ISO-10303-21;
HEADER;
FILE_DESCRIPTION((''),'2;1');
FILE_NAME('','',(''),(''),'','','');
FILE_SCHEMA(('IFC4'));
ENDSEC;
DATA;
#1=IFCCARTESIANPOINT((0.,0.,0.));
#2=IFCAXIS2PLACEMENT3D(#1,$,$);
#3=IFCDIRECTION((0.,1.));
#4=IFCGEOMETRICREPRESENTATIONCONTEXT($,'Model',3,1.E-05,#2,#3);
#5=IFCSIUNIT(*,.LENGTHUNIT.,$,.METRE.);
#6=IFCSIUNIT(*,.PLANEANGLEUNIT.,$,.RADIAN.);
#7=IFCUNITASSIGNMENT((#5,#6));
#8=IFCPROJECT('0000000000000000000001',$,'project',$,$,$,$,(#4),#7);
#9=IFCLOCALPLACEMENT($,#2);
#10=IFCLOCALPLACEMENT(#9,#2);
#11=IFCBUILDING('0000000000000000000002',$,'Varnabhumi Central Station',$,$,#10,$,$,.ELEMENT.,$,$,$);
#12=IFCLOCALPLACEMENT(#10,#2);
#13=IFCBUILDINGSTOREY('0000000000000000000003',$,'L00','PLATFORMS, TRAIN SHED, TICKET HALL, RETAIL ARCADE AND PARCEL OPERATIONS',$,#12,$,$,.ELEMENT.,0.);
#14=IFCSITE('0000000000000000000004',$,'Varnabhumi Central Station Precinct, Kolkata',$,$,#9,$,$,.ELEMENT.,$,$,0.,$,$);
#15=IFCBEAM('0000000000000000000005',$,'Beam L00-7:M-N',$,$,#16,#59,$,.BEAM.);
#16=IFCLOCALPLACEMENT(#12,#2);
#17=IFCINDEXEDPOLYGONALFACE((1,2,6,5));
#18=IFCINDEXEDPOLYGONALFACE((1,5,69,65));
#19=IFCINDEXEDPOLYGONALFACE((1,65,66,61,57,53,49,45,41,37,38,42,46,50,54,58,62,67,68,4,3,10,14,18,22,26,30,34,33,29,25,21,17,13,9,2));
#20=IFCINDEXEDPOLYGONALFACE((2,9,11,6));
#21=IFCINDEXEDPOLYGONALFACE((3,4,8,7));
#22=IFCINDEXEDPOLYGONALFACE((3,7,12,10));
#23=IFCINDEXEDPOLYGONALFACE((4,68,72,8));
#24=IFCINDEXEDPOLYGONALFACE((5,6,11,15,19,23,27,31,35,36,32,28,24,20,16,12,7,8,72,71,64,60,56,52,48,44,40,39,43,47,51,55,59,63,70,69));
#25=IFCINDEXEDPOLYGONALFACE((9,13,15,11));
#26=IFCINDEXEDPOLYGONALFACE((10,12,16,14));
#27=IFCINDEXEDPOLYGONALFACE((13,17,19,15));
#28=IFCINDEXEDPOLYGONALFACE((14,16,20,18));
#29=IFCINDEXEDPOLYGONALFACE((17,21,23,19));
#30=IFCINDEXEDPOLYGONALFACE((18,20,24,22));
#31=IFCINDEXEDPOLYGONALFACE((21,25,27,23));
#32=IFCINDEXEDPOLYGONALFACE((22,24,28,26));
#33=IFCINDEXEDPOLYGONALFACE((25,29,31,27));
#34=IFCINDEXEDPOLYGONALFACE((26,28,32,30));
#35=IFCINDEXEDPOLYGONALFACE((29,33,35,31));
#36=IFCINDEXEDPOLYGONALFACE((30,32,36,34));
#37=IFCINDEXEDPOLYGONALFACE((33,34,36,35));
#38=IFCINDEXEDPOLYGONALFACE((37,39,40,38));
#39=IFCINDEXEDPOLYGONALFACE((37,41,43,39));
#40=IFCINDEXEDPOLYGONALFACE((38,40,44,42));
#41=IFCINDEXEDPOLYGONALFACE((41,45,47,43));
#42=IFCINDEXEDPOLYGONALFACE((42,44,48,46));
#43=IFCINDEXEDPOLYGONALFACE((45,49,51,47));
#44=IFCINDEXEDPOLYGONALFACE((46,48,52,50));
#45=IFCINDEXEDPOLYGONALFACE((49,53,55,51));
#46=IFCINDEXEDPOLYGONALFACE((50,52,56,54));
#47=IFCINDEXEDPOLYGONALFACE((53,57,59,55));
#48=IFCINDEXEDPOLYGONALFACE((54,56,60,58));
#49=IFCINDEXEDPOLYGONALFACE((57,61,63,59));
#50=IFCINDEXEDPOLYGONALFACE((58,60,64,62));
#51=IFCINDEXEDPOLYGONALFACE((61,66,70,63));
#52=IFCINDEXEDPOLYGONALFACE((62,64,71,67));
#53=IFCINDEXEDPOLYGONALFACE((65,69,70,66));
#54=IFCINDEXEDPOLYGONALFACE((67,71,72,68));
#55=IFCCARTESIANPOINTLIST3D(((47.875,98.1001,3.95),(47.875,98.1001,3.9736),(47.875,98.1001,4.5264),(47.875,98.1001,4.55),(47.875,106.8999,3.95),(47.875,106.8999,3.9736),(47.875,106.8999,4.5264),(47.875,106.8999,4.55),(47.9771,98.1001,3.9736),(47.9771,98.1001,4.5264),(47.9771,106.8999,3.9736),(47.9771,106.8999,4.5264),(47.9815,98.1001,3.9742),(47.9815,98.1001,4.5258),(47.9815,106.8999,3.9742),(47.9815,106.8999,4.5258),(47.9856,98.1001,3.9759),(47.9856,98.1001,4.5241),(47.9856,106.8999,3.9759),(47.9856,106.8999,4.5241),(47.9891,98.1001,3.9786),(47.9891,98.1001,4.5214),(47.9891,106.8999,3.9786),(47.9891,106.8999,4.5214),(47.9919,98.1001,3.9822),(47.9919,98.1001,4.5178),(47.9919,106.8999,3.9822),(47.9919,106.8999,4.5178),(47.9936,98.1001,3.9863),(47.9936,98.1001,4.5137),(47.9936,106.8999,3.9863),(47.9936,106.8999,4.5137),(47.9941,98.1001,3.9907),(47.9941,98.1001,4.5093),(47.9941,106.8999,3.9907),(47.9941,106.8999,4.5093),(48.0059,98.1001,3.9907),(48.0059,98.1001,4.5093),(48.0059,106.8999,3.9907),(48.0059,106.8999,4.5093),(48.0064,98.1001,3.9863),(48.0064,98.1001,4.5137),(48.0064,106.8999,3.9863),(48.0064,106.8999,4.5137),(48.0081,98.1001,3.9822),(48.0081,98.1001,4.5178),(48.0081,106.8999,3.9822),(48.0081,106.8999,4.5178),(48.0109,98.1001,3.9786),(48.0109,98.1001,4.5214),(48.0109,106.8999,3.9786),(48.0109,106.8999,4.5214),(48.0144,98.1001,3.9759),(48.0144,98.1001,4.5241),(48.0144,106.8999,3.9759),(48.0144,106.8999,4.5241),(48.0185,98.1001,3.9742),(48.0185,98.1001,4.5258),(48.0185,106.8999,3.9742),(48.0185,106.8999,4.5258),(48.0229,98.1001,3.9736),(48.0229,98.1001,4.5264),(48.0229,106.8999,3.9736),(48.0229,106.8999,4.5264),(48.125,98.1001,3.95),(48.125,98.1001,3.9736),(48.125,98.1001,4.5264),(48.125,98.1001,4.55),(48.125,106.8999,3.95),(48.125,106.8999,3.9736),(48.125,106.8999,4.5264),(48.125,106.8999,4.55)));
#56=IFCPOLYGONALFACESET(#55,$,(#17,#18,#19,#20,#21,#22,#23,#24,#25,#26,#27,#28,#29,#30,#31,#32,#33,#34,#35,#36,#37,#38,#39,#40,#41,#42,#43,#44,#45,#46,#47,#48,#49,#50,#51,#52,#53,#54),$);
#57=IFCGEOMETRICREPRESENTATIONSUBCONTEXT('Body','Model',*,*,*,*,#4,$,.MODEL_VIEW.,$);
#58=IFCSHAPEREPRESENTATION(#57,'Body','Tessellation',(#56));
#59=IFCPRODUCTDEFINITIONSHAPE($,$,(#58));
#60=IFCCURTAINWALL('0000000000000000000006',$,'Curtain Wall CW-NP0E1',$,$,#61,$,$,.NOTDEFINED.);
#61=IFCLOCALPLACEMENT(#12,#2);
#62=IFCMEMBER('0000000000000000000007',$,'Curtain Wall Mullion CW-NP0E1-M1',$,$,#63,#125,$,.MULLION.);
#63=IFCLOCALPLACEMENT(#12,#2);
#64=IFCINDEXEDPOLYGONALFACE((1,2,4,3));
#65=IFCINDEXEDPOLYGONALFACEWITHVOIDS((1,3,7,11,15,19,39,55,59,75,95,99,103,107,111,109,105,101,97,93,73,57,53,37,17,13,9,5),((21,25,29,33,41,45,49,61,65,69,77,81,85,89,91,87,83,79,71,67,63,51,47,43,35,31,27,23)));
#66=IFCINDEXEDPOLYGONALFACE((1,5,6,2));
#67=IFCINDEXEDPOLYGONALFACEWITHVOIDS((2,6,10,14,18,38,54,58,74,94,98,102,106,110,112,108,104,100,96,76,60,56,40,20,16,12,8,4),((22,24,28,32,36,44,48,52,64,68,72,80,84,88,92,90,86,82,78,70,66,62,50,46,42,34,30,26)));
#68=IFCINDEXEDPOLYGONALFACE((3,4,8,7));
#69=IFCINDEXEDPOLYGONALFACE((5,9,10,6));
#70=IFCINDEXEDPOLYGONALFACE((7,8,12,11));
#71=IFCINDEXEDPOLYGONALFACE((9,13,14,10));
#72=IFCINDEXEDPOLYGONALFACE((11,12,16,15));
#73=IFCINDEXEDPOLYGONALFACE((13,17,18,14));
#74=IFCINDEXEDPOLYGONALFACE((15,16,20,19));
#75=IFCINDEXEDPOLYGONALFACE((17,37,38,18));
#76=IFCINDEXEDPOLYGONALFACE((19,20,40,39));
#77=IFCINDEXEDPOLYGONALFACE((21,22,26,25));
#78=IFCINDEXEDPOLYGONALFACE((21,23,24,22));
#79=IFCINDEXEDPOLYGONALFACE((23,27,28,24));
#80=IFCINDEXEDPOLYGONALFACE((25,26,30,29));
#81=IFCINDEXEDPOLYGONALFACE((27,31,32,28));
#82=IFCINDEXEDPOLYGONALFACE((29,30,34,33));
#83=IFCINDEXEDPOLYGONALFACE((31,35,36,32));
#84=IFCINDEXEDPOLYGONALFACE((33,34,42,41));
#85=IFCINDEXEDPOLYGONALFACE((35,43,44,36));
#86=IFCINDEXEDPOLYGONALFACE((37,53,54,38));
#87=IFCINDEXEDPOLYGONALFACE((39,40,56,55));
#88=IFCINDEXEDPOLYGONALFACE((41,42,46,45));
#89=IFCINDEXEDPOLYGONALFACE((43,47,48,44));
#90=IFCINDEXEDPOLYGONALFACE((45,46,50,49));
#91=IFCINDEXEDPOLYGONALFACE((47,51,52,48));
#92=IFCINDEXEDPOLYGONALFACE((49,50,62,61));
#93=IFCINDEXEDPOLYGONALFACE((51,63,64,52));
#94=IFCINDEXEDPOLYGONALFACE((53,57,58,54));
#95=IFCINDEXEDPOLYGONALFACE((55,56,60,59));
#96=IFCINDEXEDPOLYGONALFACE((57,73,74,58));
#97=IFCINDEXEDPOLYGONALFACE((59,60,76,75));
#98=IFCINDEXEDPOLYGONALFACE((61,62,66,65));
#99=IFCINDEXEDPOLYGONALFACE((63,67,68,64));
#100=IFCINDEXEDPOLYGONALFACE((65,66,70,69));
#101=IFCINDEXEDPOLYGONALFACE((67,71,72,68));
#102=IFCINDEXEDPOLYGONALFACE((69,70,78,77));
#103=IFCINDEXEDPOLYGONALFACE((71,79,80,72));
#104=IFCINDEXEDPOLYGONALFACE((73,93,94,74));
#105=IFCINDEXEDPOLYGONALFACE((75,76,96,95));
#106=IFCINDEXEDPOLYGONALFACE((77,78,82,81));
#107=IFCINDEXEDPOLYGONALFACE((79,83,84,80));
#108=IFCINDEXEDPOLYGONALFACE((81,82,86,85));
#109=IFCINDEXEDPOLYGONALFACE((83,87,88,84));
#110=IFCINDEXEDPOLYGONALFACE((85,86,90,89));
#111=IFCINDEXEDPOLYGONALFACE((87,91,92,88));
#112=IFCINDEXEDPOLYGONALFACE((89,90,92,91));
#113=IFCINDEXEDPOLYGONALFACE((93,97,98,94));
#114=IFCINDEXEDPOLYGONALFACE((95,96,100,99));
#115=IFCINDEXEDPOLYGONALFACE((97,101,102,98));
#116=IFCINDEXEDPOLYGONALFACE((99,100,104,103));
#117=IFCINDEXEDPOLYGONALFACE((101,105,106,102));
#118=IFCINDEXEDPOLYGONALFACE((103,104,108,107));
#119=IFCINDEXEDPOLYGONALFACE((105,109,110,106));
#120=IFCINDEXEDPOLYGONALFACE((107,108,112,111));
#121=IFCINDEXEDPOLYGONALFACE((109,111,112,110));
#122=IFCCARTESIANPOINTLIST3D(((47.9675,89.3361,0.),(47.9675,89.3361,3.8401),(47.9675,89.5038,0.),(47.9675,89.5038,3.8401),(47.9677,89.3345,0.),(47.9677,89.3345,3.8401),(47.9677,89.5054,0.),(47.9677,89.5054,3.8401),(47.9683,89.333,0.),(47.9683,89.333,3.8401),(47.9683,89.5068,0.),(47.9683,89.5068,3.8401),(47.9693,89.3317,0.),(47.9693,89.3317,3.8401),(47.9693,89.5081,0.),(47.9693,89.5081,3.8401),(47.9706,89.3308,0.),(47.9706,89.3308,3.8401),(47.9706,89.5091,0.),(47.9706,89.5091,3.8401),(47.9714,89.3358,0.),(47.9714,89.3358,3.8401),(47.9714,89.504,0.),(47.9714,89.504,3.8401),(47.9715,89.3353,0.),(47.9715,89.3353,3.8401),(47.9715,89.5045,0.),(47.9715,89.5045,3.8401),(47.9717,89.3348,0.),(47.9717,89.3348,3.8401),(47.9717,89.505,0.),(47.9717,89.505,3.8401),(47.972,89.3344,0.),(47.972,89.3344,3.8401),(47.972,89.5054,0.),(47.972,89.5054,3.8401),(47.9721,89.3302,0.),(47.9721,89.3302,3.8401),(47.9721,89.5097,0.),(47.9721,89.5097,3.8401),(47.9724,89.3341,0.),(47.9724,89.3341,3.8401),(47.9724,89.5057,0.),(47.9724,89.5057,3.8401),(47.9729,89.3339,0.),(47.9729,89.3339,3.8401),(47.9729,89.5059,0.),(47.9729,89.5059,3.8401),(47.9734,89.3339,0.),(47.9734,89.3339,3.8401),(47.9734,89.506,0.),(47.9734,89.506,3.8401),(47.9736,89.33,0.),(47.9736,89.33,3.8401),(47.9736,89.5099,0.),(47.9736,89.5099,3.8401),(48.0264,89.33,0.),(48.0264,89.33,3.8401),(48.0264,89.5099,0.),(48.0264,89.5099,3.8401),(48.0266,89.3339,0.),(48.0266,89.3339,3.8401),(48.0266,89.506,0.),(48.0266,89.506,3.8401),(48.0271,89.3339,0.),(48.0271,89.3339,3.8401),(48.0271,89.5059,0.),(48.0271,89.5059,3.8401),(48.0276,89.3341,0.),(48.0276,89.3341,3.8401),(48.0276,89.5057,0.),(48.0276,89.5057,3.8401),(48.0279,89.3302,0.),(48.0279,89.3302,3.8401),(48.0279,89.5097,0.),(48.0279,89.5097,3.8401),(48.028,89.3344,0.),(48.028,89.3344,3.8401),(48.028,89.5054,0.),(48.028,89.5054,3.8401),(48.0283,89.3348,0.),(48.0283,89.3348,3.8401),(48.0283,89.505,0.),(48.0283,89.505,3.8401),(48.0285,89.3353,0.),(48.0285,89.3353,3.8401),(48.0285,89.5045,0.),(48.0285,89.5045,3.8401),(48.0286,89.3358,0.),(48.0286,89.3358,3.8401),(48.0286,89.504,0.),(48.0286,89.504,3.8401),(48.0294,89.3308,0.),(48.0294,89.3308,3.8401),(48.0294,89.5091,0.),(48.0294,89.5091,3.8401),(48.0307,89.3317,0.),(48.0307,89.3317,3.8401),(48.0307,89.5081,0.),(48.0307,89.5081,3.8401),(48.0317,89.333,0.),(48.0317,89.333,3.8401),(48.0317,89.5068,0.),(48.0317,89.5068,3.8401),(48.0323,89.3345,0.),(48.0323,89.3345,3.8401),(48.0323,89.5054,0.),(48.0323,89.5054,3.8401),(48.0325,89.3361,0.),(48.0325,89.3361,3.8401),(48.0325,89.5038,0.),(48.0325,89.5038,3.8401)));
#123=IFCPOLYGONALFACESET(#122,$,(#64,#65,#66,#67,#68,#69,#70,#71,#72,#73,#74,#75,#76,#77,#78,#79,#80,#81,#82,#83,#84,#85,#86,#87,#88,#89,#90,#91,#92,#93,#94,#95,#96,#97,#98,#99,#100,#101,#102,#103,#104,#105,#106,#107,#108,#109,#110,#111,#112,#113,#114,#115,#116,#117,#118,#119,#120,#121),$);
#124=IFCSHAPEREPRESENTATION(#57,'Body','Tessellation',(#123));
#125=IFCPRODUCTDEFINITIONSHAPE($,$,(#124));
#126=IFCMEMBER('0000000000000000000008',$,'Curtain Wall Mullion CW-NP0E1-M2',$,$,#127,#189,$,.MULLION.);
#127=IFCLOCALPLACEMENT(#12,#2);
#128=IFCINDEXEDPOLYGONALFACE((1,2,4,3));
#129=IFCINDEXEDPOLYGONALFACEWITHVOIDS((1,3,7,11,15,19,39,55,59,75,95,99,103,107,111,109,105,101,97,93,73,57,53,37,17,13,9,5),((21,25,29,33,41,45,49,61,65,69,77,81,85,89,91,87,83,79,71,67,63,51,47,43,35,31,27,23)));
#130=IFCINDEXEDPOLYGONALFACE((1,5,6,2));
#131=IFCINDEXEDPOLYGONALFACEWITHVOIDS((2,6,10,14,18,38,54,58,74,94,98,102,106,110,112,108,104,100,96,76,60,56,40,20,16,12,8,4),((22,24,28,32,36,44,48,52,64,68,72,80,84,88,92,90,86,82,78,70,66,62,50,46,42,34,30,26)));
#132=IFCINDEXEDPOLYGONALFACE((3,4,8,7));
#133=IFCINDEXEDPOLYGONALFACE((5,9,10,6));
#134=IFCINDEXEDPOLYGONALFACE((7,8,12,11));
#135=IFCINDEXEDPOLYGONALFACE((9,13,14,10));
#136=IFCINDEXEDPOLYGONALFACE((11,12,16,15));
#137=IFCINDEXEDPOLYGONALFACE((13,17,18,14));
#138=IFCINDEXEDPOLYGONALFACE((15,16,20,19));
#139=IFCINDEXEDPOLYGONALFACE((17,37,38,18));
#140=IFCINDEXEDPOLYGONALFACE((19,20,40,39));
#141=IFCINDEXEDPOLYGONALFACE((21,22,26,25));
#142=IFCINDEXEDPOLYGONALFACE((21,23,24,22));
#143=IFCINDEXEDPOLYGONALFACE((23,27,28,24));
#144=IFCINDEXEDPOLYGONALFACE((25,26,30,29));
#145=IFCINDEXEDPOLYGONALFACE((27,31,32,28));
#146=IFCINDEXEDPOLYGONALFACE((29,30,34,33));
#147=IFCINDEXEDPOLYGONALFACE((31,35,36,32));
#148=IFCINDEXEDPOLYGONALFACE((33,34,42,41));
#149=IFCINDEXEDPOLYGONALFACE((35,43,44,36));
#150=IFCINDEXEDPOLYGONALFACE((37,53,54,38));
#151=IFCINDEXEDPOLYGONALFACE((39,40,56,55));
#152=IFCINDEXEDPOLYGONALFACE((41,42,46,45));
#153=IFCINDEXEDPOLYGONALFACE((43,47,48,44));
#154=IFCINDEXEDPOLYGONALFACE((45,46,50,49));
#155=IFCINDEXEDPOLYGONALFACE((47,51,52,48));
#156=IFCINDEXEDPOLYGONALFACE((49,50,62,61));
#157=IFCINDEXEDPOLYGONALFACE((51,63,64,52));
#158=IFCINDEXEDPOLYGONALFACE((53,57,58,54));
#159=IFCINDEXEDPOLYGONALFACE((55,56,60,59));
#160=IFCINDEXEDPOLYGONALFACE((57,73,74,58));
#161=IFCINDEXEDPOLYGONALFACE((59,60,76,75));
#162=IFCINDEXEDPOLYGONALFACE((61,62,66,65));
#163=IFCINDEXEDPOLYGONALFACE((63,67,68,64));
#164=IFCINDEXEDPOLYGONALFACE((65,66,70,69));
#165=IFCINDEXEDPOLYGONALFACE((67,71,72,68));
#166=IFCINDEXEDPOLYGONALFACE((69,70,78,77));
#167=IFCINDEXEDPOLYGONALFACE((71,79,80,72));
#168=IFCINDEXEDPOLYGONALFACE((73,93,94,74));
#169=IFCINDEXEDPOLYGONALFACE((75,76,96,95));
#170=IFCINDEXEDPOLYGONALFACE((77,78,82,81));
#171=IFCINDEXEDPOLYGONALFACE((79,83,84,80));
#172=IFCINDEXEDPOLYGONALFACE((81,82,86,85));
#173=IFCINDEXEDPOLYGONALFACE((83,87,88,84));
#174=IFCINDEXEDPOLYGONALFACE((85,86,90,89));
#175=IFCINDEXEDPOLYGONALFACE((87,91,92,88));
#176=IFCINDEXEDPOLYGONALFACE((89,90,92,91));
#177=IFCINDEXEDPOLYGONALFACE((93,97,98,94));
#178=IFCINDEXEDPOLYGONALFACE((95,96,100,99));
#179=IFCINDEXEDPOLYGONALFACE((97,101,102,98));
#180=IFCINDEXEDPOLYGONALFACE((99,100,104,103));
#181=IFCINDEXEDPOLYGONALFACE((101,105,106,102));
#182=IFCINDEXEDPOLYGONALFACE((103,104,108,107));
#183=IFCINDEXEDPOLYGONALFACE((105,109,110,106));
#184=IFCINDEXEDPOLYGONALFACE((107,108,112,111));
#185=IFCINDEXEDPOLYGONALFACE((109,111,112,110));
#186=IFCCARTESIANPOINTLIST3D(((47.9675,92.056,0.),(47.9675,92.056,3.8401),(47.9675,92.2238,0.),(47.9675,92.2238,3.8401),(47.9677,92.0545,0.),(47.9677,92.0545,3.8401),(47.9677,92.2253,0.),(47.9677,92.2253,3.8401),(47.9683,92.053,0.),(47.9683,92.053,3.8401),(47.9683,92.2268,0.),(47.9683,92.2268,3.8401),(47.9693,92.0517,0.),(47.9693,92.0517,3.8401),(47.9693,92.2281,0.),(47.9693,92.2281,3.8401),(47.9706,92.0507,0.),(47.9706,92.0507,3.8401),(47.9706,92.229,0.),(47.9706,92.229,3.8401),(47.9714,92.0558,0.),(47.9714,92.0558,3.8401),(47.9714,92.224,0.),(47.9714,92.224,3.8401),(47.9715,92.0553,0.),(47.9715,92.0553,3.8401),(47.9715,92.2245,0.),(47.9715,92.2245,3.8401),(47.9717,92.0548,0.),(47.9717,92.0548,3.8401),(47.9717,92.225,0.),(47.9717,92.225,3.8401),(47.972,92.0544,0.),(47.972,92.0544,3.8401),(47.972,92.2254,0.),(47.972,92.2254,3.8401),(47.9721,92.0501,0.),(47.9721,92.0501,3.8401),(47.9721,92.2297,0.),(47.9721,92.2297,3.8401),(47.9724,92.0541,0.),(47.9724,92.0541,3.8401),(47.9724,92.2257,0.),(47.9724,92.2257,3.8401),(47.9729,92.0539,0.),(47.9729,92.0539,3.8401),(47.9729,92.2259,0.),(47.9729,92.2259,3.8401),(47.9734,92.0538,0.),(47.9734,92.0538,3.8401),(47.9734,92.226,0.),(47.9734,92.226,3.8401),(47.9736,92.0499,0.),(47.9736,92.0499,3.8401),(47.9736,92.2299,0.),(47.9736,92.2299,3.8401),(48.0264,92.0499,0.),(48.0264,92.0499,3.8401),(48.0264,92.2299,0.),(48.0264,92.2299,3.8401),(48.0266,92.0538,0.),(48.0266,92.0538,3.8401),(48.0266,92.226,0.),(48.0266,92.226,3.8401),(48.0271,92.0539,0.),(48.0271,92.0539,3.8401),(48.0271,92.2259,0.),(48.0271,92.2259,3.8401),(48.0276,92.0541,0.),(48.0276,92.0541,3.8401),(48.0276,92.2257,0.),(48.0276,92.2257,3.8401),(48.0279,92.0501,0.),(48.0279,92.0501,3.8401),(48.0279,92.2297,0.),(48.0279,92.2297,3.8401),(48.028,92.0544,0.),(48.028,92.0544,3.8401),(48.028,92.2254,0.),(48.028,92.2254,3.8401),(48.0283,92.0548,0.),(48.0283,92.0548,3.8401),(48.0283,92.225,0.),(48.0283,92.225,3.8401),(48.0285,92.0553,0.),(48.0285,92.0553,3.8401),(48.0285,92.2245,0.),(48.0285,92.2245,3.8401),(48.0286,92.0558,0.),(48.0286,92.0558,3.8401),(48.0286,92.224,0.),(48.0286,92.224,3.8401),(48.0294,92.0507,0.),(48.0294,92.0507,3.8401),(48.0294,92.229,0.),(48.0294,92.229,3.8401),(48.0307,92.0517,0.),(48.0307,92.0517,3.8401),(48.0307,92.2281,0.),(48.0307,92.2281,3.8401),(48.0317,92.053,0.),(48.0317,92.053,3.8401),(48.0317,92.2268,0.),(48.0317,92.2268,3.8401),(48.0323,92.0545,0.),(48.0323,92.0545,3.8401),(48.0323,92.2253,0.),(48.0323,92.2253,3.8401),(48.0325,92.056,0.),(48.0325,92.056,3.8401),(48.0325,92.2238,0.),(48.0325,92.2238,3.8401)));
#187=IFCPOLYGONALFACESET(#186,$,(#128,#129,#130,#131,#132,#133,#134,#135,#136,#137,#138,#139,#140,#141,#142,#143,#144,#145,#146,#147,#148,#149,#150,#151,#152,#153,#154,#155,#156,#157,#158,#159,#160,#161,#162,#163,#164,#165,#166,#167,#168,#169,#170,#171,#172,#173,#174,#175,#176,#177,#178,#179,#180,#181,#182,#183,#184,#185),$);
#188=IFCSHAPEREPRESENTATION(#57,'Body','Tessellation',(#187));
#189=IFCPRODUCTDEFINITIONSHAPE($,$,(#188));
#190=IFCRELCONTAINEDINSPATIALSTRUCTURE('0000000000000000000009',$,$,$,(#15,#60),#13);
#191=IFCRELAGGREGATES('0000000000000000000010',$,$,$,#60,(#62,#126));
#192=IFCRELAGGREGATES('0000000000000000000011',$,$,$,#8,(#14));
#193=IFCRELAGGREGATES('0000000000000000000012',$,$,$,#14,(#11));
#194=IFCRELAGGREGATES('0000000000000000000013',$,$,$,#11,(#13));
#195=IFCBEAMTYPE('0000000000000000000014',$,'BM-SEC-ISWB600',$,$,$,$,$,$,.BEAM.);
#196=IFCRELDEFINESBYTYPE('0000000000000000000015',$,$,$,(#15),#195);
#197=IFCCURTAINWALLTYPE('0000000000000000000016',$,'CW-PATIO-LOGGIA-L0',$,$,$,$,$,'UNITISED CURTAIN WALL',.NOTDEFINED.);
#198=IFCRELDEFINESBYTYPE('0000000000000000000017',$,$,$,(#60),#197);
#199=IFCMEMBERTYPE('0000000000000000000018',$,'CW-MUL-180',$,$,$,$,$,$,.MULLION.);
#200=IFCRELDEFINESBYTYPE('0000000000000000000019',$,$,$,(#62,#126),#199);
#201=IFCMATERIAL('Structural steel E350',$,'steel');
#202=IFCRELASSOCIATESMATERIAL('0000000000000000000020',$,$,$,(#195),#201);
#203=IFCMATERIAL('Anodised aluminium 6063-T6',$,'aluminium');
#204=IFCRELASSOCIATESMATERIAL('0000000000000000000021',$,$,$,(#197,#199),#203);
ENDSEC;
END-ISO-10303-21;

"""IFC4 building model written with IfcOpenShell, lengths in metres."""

from ifc_helpers import new_model, si_unit, direction, frame, origin, origin_2d, place, context, subcontext, project, spatial, hollow_rectangle, i_section, extrude, material, material_profile, profile_set, type_object, element, aggregate, save


model = new_model("IFC4")

# Units and contexts
model_context = context("Model", 3, precision=1e-05, world=origin(), true_north=direction((0.0, 1.0)))
body_context = subcontext(model_context, "Body", "Model", "MODEL_VIEW")
ifc_project = project(units=[si_unit("LENGTHUNIT", "METRE"), si_unit("PLANEANGLEUNIT", "RADIAN")], contexts=[model_context])

# Site, building, storey
site_placement = place(None, origin())
site = spatial("IfcSite", under=ifc_project, at=site_placement, Name="Varnabhumi Central Station Precinct, Kolkata", CompositionType="ELEMENT", RefElevation=0.0)
building_placement = place(site_placement, origin())
building = spatial("IfcBuilding", under=site, at=building_placement, Name="Varnabhumi Central Station", CompositionType="ELEMENT")
storey_placement = place(building_placement, origin())
storey = spatial("IfcBuildingStorey", under=building, at=storey_placement, Name="L00", Description="PLATFORMS, TRAIN SHED, TICKET HALL, RETAIL ARCADE AND PARCEL OPERATIONS", CompositionType="ELEMENT", Elevation=0.0)

# Beam
ifc_material_1 = material(Name="Structural steel E350", Category="steel")
ifc_material_profile_1 = material_profile(ifc_material_1, i_section(OverallWidth=0.25, OverallDepth=0.6001, WebThickness=0.0117, FlangeThickness=0.0237, FilletRadius=0.0171, at=origin_2d()), Name="Structural steel E350", Category="steel")
ifc_profile_set_1 = profile_set([ifc_material_profile_1], Name="Structural steel E350")
beam_type = type_object("IfcBeamType", Name="BM-SEC-ISWB600", PredefinedType="BEAM", material=ifc_profile_set_1)
for number, where, z_axis, x_axis, name in (
    (1, (48.0, 98.1001, 4.25), (0.0, 1.0, 0.0), (-1.0, 0.0, 0.0), "Beam L00-7:M-N"),
):
    element("IfcBeam", number, at=place(storey_placement, frame(where, z_axis=z_axis, x_axis=x_axis)), inside=storey, type_object=beam_type, Name=name, PredefinedType="BEAM", context=body_context, shape_type="SweptSolid", body=[
        extrude(i_section(OverallWidth=0.25, OverallDepth=0.6001, WebThickness=0.0117, FlangeThickness=0.0237, FilletRadius=0.0171, at=origin_2d()), origin(), (0.0, 0.0, 1.0), 8.7998),
    ])

# Curtain wall, members
ifc_material_2 = material(Name="Anodised aluminium 6063-T6", Category="aluminium")
curtain_wall_type = type_object("IfcCurtainWallType", Name="CW-PATIO-LOGGIA-L0", ElementType="UNITISED CURTAIN WALL", PredefinedType="NOTDEFINED", material=ifc_material_2)
curtain_wall_1_placement = place(storey_placement, origin())
curtain_wall_1 = element("IfcCurtainWall", 2, at=curtain_wall_1_placement, inside=storey, type_object=curtain_wall_type, Name="Curtain Wall CW-NP0E1", PredefinedType="NOTDEFINED")
ifc_material_profile_2 = material_profile(ifc_material_2, hollow_rectangle(XDim=0.0649, YDim=0.1799, WallThickness=0.0039, InnerFilletRadius=0.002, OuterFilletRadius=0.0061, at=origin_2d()), Name="Anodised aluminium 6063-T6", Category="aluminium")
ifc_profile_set_2 = profile_set([ifc_material_profile_2], Name="Anodised aluminium 6063-T6")
member_type_1 = type_object("IfcMemberType", Name="CW-MUL-180", PredefinedType="MULLION", material=ifc_profile_set_2)
member_1_placement = place(storey_placement, frame((48.0, 89.4199, 0.0), z_axis=(0.0, 0.0, 1.0), x_axis=(1.0, 0.0, 0.0)))
member_1 = element("IfcMember", 3, at=member_1_placement, type_object=member_type_1, Name="Curtain Wall Mullion CW-NP0E1-M1", PredefinedType="MULLION", context=body_context, shape_type="SweptSolid", body=[
    extrude(hollow_rectangle(XDim=0.0649, YDim=0.1799, WallThickness=0.0039, InnerFilletRadius=0.002, OuterFilletRadius=0.0061, at=origin_2d()), origin(), (0.0, 0.0, 1.0), 3.8401),
])
member_2_placement = place(storey_placement, frame((48.0, 92.1399, 0.0), z_axis=(0.0, 0.0, 1.0), x_axis=(1.0, 0.0, 0.0)))
member_2 = element("IfcMember", 4, at=member_2_placement, type_object=member_type_1, Name="Curtain Wall Mullion CW-NP0E1-M2", PredefinedType="MULLION", context=body_context, shape_type="SweptSolid", body=[
    extrude(hollow_rectangle(XDim=0.0649, YDim=0.1799, WallThickness=0.0039, InnerFilletRadius=0.002, OuterFilletRadius=0.0061, at=origin_2d()), origin(), (0.0, 0.0, 1.0), 3.8401),
])

aggregate(curtain_wall_1, [member_1, member_2])

save(model, "model.ifc")
